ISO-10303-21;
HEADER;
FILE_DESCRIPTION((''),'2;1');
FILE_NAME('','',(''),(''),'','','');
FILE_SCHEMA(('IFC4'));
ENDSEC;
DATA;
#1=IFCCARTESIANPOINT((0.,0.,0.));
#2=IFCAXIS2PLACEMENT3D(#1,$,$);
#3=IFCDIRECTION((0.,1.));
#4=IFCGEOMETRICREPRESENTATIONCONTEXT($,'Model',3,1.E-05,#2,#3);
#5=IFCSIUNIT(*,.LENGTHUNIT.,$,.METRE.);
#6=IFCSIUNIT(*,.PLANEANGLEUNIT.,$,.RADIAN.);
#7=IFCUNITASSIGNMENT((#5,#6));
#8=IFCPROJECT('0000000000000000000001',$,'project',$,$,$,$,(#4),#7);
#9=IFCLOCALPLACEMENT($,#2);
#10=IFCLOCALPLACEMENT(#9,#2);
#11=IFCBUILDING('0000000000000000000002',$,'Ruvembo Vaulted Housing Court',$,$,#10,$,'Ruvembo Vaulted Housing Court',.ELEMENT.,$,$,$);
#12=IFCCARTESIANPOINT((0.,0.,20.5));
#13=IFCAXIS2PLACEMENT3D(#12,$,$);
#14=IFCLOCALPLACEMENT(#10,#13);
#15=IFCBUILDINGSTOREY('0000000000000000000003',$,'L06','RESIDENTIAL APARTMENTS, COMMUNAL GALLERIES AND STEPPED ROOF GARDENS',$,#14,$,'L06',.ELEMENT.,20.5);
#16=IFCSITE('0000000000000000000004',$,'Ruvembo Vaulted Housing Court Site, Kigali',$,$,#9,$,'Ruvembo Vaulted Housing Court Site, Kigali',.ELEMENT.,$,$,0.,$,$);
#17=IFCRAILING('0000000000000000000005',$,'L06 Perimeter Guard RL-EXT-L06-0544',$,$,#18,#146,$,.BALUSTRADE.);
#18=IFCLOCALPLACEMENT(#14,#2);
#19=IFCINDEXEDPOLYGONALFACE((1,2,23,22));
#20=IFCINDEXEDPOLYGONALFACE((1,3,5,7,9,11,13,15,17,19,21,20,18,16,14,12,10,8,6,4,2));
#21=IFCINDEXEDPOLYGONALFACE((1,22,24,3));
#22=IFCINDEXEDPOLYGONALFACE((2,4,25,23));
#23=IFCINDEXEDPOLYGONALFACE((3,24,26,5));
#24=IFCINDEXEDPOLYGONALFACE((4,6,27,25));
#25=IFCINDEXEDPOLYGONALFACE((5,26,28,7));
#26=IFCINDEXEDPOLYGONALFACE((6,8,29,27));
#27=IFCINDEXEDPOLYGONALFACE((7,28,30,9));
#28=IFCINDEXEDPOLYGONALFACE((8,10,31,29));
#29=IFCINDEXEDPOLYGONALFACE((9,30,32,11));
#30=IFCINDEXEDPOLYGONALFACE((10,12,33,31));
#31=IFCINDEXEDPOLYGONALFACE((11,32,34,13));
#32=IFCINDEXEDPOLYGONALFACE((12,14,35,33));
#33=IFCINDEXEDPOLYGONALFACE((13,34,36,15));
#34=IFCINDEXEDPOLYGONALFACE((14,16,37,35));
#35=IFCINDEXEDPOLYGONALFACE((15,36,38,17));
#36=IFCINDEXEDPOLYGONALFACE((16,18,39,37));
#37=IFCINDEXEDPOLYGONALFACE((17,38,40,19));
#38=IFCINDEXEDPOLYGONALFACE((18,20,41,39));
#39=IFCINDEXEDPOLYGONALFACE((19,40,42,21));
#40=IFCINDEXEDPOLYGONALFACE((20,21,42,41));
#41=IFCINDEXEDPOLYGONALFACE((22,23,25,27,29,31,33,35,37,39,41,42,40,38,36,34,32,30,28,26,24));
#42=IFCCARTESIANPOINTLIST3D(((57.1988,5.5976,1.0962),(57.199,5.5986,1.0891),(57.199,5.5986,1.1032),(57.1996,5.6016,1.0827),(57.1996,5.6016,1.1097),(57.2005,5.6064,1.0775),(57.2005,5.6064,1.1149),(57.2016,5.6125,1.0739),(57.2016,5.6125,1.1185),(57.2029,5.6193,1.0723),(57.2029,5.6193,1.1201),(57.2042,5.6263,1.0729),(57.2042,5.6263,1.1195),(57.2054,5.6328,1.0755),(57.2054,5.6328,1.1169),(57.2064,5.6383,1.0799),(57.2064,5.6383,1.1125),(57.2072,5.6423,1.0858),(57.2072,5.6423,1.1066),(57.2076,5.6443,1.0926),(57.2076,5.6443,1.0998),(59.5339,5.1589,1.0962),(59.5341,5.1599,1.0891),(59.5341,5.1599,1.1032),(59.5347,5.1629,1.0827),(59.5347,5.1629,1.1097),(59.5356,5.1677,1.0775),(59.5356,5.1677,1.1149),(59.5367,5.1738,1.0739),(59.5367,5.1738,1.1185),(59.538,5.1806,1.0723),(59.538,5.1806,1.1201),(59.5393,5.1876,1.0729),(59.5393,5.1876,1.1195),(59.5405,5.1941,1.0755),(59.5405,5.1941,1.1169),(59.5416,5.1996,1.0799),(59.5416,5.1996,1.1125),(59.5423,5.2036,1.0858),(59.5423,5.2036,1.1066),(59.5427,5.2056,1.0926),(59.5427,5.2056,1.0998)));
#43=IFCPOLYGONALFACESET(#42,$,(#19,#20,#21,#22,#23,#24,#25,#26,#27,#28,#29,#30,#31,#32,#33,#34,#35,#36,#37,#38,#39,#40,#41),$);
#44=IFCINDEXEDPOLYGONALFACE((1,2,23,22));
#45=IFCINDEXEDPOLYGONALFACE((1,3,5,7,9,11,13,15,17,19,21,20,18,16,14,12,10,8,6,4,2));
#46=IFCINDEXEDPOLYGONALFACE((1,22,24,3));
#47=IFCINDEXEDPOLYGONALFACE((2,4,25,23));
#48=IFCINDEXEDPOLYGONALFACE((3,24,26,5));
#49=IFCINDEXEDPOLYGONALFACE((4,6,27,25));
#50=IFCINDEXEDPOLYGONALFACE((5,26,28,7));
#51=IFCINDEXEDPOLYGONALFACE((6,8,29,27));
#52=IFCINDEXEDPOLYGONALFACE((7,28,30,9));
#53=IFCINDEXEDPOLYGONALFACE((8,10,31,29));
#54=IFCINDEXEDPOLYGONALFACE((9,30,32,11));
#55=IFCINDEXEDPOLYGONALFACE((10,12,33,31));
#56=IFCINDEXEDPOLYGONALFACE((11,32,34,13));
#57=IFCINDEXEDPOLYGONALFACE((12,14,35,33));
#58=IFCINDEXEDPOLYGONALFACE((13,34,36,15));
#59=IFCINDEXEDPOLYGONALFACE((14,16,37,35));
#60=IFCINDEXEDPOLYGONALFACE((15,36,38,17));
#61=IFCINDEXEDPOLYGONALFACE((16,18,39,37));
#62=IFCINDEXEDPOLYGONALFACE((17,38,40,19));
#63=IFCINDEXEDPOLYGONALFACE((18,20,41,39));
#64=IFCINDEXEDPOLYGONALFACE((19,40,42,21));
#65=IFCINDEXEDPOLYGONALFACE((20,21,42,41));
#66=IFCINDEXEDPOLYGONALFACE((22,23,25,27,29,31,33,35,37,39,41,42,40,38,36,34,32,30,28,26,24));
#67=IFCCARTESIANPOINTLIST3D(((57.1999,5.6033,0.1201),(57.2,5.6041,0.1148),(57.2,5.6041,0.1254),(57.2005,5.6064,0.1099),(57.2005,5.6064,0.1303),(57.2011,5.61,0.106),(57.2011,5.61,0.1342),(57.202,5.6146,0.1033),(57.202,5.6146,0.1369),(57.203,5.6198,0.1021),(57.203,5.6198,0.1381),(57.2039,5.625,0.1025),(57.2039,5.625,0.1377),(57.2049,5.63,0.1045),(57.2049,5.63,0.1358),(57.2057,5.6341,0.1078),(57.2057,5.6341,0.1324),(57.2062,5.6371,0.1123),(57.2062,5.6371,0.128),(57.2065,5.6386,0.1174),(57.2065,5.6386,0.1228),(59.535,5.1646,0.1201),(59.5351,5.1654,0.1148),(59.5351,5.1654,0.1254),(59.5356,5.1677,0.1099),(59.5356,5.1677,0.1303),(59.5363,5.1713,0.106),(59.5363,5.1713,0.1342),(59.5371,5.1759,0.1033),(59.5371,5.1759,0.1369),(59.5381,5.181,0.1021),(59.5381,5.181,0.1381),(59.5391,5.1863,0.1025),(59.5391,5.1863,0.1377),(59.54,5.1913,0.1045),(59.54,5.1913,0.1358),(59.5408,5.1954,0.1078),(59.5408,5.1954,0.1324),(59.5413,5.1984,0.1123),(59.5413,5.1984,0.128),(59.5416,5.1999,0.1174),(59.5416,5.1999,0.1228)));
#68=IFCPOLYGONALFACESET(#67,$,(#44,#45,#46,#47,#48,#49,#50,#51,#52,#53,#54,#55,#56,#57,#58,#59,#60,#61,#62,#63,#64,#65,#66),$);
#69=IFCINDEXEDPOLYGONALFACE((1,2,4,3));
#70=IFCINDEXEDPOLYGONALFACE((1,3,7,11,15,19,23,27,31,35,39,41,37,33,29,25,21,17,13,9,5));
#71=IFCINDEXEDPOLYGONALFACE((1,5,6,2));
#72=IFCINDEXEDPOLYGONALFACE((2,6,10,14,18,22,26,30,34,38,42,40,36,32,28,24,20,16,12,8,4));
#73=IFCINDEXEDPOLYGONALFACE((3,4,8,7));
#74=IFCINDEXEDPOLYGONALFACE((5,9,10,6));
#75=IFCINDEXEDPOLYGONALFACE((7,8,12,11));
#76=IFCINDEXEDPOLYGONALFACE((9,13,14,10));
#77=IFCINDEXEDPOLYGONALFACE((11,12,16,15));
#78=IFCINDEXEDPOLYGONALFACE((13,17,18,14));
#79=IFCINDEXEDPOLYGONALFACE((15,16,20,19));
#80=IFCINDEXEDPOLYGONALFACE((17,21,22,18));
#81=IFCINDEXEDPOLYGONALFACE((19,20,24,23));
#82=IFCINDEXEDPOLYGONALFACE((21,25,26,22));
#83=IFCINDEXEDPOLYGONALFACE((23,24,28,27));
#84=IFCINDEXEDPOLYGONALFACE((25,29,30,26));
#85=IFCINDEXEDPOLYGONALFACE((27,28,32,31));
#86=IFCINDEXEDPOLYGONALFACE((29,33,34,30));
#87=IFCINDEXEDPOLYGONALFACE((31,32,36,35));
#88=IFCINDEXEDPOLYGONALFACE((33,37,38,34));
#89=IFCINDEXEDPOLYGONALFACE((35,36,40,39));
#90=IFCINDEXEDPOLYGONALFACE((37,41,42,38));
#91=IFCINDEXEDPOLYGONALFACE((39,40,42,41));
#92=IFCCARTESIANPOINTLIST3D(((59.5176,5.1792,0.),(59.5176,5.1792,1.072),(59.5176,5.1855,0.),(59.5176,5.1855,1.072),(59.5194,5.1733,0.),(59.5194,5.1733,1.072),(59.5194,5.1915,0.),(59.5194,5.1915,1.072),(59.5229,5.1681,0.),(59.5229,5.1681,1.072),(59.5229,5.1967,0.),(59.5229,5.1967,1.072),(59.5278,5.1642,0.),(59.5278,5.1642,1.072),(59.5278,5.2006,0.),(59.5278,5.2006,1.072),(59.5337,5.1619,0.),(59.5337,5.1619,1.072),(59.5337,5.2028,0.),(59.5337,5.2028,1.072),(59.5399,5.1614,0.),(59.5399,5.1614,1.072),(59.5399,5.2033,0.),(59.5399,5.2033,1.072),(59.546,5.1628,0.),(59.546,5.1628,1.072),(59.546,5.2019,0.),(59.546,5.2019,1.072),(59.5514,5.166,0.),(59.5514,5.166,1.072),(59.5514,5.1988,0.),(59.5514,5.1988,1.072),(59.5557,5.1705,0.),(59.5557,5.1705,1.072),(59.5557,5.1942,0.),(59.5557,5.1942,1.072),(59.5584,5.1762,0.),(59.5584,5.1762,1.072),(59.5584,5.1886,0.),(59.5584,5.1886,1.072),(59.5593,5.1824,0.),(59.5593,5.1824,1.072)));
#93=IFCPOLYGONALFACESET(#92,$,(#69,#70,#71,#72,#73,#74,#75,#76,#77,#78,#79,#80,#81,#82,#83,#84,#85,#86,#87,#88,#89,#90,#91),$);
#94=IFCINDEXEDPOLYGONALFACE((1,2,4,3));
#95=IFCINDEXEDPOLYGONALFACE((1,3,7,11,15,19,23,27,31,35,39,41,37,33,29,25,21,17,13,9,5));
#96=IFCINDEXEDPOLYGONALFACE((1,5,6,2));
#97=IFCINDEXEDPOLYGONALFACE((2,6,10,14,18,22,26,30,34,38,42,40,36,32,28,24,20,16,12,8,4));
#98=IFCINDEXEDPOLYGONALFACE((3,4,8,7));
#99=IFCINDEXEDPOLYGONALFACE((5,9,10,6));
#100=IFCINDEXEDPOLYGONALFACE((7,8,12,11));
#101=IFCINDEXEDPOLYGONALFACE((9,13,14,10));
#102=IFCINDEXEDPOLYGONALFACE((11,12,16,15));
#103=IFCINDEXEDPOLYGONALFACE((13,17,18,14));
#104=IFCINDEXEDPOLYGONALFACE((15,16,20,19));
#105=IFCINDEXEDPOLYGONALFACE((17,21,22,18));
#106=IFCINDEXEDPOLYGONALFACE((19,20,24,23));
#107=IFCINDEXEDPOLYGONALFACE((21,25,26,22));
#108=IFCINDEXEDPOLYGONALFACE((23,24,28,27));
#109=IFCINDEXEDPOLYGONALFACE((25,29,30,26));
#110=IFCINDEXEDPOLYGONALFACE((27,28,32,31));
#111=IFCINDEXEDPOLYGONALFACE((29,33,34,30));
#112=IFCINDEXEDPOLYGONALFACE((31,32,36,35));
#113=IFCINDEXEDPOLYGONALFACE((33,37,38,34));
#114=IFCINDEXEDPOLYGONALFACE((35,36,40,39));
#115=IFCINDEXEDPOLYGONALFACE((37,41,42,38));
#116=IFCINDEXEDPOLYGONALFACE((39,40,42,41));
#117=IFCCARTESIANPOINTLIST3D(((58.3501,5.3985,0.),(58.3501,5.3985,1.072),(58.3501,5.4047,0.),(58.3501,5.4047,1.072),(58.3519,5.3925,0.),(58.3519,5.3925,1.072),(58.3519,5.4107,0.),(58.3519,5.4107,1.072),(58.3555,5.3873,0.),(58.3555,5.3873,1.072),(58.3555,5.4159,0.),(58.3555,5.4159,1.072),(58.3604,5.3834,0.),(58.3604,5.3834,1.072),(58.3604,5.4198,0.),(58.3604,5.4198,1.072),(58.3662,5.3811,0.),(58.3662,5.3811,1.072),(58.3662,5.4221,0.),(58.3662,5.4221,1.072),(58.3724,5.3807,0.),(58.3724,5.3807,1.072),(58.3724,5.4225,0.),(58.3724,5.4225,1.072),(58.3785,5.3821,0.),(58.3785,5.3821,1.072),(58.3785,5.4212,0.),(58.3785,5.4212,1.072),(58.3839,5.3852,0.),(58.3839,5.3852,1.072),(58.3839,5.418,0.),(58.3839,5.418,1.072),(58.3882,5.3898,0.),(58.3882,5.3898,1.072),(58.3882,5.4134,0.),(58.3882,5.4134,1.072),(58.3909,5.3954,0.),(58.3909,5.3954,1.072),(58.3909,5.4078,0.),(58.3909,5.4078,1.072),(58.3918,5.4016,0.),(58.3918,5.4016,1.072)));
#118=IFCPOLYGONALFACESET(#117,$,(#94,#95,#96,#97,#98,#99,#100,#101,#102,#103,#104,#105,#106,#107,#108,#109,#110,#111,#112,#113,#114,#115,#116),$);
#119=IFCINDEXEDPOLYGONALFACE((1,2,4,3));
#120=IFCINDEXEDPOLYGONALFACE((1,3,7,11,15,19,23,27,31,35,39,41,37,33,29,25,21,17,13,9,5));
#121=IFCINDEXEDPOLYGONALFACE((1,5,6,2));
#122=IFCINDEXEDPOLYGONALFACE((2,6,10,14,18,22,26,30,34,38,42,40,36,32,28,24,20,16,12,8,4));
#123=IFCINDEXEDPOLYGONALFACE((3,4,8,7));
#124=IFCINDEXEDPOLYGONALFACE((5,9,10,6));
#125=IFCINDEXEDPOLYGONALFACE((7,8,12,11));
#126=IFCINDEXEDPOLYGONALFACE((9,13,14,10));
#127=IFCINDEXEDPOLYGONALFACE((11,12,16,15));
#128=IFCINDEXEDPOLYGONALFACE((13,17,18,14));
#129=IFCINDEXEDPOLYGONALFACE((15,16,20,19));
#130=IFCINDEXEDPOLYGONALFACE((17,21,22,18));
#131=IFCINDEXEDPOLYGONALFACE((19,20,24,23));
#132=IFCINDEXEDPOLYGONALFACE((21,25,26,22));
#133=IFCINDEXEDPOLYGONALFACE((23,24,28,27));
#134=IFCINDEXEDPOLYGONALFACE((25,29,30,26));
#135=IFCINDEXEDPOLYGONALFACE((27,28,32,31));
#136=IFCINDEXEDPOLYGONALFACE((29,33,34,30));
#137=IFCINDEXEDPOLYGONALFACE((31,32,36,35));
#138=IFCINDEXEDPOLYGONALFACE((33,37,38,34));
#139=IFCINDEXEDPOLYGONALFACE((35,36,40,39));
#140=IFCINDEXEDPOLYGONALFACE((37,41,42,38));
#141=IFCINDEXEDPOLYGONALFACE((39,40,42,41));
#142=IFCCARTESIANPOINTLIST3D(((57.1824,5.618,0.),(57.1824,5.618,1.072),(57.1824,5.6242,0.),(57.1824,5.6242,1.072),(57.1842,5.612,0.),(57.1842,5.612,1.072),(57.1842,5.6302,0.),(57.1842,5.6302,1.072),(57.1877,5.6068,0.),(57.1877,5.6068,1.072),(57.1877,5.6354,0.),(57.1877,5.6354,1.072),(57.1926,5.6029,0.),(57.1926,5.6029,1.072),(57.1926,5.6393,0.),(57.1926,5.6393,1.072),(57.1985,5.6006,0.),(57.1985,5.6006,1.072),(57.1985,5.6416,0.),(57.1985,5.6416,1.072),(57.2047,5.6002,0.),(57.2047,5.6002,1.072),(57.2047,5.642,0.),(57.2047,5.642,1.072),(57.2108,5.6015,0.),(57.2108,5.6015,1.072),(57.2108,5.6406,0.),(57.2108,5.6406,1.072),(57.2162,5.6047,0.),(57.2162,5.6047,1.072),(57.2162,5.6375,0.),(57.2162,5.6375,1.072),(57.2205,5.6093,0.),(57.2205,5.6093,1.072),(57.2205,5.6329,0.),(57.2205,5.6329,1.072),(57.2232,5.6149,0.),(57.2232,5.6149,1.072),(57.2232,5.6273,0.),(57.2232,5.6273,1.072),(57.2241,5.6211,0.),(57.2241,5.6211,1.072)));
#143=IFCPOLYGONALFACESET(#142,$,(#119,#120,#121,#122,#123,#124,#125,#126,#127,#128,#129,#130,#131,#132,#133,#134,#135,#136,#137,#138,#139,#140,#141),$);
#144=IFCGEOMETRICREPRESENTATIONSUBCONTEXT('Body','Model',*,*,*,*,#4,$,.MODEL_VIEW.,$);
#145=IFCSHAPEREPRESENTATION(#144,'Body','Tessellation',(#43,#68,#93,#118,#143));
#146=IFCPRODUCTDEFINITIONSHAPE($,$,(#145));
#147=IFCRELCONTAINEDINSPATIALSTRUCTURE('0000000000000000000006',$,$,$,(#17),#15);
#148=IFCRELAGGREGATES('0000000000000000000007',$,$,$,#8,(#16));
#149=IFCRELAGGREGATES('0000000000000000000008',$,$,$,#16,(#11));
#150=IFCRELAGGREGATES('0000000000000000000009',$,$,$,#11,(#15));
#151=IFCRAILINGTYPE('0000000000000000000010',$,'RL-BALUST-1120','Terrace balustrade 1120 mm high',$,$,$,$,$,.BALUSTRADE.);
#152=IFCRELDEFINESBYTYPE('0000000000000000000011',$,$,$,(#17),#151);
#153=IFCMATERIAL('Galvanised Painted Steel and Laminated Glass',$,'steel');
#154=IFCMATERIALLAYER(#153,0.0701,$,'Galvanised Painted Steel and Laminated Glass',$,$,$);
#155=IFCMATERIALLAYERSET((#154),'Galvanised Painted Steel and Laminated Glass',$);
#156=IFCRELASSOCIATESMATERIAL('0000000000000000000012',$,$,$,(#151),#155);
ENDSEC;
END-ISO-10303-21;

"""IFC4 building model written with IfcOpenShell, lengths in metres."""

from ifc_helpers import new_model, si_unit, direction, frame, origin, origin_2d, place, context, subcontext, project, spatial, circle, extrude, material, layer, layer_set, type_object, element, save


model = new_model("IFC4")

# Units and contexts
model_context = context("Model", 3, precision=1e-05, world=origin(), true_north=direction((0.0, 1.0)))
body_context = subcontext(model_context, "Body", "Model", "MODEL_VIEW")
ifc_project = project(units=[si_unit("LENGTHUNIT", "METRE"), si_unit("PLANEANGLEUNIT", "RADIAN")], contexts=[model_context])

# Site, building, storey
site_placement = place(None, origin())
site = spatial("IfcSite", under=ifc_project, at=site_placement, Name="Ruvembo Vaulted Housing Court Site, Kigali", LongName="Ruvembo Vaulted Housing Court Site, Kigali", CompositionType="ELEMENT", RefElevation=0.0)
building_placement = place(site_placement, origin())
building = spatial("IfcBuilding", under=site, at=building_placement, Name="Ruvembo Vaulted Housing Court", LongName="Ruvembo Vaulted Housing Court", CompositionType="ELEMENT")
storey_placement = place(building_placement, frame((0.0, 0.0, 20.5)))
storey = spatial("IfcBuildingStorey", under=building, at=storey_placement, Name="L06", Description="RESIDENTIAL APARTMENTS, COMMUNAL GALLERIES AND STEPPED ROOF GARDENS", LongName="L06", CompositionType="ELEMENT", Elevation=20.5)

# Railing
ifc_material_1 = material(Name="Galvanised Painted Steel and Laminated Glass", Category="steel")
ifc_layer = layer(ifc_material_1, 0.0701, Name="Galvanised Painted Steel and Laminated Glass")
ifc_layer_set = layer_set([ifc_layer], Name="Galvanised Painted Steel and Laminated Glass")
railing_type = type_object("IfcRailingType", Name="RL-BALUST-1120", Description="Terrace balustrade 1120 mm high", PredefinedType="BALUSTRADE", material=ifc_layer_set)
railing_1_placement = place(storey_placement, frame((59.5383, 5.1824, 0.0)))
element("IfcRailing", 1, at=railing_1_placement, inside=storey, type_object=railing_type, Name="L06 Perimeter Guard RL-EXT-L06-0544", PredefinedType="BALUSTRADE", context=body_context, shape_type="SweptSolid", body=[
    extrude(circle(Radius=0.0239, at=origin_2d()), frame((0.0, 0.0, 1.0962), z_axis=(-0.982806, 0.184642, 0.0), x_axis=(-0.184642, -0.982806, 0.0)), (0.0, 0.0, 1.0), 2.376),
    extrude(circle(Radius=0.0181, at=origin_2d()), frame((0.0, 0.0, 0.1201), z_axis=(-0.982806, 0.184642, 0.0), x_axis=(-0.184642, -0.982806, 0.0)), (0.0, 0.0, 1.0), 2.376),
    extrude(circle(Radius=0.021, at=origin_2d()), origin(), (0.0, 0.0, 1.0), 1.072),
    extrude(circle(Radius=0.021, at=origin_2d()), frame((-1.1675, 0.2192, 0.0)), (0.0, 0.0, 1.0), 1.072),
    extrude(circle(Radius=0.021, at=origin_2d()), frame((-2.3352, 0.4387, 0.0)), (0.0, 0.0, 1.0), 1.072),
])

save(model, "model.ifc")
